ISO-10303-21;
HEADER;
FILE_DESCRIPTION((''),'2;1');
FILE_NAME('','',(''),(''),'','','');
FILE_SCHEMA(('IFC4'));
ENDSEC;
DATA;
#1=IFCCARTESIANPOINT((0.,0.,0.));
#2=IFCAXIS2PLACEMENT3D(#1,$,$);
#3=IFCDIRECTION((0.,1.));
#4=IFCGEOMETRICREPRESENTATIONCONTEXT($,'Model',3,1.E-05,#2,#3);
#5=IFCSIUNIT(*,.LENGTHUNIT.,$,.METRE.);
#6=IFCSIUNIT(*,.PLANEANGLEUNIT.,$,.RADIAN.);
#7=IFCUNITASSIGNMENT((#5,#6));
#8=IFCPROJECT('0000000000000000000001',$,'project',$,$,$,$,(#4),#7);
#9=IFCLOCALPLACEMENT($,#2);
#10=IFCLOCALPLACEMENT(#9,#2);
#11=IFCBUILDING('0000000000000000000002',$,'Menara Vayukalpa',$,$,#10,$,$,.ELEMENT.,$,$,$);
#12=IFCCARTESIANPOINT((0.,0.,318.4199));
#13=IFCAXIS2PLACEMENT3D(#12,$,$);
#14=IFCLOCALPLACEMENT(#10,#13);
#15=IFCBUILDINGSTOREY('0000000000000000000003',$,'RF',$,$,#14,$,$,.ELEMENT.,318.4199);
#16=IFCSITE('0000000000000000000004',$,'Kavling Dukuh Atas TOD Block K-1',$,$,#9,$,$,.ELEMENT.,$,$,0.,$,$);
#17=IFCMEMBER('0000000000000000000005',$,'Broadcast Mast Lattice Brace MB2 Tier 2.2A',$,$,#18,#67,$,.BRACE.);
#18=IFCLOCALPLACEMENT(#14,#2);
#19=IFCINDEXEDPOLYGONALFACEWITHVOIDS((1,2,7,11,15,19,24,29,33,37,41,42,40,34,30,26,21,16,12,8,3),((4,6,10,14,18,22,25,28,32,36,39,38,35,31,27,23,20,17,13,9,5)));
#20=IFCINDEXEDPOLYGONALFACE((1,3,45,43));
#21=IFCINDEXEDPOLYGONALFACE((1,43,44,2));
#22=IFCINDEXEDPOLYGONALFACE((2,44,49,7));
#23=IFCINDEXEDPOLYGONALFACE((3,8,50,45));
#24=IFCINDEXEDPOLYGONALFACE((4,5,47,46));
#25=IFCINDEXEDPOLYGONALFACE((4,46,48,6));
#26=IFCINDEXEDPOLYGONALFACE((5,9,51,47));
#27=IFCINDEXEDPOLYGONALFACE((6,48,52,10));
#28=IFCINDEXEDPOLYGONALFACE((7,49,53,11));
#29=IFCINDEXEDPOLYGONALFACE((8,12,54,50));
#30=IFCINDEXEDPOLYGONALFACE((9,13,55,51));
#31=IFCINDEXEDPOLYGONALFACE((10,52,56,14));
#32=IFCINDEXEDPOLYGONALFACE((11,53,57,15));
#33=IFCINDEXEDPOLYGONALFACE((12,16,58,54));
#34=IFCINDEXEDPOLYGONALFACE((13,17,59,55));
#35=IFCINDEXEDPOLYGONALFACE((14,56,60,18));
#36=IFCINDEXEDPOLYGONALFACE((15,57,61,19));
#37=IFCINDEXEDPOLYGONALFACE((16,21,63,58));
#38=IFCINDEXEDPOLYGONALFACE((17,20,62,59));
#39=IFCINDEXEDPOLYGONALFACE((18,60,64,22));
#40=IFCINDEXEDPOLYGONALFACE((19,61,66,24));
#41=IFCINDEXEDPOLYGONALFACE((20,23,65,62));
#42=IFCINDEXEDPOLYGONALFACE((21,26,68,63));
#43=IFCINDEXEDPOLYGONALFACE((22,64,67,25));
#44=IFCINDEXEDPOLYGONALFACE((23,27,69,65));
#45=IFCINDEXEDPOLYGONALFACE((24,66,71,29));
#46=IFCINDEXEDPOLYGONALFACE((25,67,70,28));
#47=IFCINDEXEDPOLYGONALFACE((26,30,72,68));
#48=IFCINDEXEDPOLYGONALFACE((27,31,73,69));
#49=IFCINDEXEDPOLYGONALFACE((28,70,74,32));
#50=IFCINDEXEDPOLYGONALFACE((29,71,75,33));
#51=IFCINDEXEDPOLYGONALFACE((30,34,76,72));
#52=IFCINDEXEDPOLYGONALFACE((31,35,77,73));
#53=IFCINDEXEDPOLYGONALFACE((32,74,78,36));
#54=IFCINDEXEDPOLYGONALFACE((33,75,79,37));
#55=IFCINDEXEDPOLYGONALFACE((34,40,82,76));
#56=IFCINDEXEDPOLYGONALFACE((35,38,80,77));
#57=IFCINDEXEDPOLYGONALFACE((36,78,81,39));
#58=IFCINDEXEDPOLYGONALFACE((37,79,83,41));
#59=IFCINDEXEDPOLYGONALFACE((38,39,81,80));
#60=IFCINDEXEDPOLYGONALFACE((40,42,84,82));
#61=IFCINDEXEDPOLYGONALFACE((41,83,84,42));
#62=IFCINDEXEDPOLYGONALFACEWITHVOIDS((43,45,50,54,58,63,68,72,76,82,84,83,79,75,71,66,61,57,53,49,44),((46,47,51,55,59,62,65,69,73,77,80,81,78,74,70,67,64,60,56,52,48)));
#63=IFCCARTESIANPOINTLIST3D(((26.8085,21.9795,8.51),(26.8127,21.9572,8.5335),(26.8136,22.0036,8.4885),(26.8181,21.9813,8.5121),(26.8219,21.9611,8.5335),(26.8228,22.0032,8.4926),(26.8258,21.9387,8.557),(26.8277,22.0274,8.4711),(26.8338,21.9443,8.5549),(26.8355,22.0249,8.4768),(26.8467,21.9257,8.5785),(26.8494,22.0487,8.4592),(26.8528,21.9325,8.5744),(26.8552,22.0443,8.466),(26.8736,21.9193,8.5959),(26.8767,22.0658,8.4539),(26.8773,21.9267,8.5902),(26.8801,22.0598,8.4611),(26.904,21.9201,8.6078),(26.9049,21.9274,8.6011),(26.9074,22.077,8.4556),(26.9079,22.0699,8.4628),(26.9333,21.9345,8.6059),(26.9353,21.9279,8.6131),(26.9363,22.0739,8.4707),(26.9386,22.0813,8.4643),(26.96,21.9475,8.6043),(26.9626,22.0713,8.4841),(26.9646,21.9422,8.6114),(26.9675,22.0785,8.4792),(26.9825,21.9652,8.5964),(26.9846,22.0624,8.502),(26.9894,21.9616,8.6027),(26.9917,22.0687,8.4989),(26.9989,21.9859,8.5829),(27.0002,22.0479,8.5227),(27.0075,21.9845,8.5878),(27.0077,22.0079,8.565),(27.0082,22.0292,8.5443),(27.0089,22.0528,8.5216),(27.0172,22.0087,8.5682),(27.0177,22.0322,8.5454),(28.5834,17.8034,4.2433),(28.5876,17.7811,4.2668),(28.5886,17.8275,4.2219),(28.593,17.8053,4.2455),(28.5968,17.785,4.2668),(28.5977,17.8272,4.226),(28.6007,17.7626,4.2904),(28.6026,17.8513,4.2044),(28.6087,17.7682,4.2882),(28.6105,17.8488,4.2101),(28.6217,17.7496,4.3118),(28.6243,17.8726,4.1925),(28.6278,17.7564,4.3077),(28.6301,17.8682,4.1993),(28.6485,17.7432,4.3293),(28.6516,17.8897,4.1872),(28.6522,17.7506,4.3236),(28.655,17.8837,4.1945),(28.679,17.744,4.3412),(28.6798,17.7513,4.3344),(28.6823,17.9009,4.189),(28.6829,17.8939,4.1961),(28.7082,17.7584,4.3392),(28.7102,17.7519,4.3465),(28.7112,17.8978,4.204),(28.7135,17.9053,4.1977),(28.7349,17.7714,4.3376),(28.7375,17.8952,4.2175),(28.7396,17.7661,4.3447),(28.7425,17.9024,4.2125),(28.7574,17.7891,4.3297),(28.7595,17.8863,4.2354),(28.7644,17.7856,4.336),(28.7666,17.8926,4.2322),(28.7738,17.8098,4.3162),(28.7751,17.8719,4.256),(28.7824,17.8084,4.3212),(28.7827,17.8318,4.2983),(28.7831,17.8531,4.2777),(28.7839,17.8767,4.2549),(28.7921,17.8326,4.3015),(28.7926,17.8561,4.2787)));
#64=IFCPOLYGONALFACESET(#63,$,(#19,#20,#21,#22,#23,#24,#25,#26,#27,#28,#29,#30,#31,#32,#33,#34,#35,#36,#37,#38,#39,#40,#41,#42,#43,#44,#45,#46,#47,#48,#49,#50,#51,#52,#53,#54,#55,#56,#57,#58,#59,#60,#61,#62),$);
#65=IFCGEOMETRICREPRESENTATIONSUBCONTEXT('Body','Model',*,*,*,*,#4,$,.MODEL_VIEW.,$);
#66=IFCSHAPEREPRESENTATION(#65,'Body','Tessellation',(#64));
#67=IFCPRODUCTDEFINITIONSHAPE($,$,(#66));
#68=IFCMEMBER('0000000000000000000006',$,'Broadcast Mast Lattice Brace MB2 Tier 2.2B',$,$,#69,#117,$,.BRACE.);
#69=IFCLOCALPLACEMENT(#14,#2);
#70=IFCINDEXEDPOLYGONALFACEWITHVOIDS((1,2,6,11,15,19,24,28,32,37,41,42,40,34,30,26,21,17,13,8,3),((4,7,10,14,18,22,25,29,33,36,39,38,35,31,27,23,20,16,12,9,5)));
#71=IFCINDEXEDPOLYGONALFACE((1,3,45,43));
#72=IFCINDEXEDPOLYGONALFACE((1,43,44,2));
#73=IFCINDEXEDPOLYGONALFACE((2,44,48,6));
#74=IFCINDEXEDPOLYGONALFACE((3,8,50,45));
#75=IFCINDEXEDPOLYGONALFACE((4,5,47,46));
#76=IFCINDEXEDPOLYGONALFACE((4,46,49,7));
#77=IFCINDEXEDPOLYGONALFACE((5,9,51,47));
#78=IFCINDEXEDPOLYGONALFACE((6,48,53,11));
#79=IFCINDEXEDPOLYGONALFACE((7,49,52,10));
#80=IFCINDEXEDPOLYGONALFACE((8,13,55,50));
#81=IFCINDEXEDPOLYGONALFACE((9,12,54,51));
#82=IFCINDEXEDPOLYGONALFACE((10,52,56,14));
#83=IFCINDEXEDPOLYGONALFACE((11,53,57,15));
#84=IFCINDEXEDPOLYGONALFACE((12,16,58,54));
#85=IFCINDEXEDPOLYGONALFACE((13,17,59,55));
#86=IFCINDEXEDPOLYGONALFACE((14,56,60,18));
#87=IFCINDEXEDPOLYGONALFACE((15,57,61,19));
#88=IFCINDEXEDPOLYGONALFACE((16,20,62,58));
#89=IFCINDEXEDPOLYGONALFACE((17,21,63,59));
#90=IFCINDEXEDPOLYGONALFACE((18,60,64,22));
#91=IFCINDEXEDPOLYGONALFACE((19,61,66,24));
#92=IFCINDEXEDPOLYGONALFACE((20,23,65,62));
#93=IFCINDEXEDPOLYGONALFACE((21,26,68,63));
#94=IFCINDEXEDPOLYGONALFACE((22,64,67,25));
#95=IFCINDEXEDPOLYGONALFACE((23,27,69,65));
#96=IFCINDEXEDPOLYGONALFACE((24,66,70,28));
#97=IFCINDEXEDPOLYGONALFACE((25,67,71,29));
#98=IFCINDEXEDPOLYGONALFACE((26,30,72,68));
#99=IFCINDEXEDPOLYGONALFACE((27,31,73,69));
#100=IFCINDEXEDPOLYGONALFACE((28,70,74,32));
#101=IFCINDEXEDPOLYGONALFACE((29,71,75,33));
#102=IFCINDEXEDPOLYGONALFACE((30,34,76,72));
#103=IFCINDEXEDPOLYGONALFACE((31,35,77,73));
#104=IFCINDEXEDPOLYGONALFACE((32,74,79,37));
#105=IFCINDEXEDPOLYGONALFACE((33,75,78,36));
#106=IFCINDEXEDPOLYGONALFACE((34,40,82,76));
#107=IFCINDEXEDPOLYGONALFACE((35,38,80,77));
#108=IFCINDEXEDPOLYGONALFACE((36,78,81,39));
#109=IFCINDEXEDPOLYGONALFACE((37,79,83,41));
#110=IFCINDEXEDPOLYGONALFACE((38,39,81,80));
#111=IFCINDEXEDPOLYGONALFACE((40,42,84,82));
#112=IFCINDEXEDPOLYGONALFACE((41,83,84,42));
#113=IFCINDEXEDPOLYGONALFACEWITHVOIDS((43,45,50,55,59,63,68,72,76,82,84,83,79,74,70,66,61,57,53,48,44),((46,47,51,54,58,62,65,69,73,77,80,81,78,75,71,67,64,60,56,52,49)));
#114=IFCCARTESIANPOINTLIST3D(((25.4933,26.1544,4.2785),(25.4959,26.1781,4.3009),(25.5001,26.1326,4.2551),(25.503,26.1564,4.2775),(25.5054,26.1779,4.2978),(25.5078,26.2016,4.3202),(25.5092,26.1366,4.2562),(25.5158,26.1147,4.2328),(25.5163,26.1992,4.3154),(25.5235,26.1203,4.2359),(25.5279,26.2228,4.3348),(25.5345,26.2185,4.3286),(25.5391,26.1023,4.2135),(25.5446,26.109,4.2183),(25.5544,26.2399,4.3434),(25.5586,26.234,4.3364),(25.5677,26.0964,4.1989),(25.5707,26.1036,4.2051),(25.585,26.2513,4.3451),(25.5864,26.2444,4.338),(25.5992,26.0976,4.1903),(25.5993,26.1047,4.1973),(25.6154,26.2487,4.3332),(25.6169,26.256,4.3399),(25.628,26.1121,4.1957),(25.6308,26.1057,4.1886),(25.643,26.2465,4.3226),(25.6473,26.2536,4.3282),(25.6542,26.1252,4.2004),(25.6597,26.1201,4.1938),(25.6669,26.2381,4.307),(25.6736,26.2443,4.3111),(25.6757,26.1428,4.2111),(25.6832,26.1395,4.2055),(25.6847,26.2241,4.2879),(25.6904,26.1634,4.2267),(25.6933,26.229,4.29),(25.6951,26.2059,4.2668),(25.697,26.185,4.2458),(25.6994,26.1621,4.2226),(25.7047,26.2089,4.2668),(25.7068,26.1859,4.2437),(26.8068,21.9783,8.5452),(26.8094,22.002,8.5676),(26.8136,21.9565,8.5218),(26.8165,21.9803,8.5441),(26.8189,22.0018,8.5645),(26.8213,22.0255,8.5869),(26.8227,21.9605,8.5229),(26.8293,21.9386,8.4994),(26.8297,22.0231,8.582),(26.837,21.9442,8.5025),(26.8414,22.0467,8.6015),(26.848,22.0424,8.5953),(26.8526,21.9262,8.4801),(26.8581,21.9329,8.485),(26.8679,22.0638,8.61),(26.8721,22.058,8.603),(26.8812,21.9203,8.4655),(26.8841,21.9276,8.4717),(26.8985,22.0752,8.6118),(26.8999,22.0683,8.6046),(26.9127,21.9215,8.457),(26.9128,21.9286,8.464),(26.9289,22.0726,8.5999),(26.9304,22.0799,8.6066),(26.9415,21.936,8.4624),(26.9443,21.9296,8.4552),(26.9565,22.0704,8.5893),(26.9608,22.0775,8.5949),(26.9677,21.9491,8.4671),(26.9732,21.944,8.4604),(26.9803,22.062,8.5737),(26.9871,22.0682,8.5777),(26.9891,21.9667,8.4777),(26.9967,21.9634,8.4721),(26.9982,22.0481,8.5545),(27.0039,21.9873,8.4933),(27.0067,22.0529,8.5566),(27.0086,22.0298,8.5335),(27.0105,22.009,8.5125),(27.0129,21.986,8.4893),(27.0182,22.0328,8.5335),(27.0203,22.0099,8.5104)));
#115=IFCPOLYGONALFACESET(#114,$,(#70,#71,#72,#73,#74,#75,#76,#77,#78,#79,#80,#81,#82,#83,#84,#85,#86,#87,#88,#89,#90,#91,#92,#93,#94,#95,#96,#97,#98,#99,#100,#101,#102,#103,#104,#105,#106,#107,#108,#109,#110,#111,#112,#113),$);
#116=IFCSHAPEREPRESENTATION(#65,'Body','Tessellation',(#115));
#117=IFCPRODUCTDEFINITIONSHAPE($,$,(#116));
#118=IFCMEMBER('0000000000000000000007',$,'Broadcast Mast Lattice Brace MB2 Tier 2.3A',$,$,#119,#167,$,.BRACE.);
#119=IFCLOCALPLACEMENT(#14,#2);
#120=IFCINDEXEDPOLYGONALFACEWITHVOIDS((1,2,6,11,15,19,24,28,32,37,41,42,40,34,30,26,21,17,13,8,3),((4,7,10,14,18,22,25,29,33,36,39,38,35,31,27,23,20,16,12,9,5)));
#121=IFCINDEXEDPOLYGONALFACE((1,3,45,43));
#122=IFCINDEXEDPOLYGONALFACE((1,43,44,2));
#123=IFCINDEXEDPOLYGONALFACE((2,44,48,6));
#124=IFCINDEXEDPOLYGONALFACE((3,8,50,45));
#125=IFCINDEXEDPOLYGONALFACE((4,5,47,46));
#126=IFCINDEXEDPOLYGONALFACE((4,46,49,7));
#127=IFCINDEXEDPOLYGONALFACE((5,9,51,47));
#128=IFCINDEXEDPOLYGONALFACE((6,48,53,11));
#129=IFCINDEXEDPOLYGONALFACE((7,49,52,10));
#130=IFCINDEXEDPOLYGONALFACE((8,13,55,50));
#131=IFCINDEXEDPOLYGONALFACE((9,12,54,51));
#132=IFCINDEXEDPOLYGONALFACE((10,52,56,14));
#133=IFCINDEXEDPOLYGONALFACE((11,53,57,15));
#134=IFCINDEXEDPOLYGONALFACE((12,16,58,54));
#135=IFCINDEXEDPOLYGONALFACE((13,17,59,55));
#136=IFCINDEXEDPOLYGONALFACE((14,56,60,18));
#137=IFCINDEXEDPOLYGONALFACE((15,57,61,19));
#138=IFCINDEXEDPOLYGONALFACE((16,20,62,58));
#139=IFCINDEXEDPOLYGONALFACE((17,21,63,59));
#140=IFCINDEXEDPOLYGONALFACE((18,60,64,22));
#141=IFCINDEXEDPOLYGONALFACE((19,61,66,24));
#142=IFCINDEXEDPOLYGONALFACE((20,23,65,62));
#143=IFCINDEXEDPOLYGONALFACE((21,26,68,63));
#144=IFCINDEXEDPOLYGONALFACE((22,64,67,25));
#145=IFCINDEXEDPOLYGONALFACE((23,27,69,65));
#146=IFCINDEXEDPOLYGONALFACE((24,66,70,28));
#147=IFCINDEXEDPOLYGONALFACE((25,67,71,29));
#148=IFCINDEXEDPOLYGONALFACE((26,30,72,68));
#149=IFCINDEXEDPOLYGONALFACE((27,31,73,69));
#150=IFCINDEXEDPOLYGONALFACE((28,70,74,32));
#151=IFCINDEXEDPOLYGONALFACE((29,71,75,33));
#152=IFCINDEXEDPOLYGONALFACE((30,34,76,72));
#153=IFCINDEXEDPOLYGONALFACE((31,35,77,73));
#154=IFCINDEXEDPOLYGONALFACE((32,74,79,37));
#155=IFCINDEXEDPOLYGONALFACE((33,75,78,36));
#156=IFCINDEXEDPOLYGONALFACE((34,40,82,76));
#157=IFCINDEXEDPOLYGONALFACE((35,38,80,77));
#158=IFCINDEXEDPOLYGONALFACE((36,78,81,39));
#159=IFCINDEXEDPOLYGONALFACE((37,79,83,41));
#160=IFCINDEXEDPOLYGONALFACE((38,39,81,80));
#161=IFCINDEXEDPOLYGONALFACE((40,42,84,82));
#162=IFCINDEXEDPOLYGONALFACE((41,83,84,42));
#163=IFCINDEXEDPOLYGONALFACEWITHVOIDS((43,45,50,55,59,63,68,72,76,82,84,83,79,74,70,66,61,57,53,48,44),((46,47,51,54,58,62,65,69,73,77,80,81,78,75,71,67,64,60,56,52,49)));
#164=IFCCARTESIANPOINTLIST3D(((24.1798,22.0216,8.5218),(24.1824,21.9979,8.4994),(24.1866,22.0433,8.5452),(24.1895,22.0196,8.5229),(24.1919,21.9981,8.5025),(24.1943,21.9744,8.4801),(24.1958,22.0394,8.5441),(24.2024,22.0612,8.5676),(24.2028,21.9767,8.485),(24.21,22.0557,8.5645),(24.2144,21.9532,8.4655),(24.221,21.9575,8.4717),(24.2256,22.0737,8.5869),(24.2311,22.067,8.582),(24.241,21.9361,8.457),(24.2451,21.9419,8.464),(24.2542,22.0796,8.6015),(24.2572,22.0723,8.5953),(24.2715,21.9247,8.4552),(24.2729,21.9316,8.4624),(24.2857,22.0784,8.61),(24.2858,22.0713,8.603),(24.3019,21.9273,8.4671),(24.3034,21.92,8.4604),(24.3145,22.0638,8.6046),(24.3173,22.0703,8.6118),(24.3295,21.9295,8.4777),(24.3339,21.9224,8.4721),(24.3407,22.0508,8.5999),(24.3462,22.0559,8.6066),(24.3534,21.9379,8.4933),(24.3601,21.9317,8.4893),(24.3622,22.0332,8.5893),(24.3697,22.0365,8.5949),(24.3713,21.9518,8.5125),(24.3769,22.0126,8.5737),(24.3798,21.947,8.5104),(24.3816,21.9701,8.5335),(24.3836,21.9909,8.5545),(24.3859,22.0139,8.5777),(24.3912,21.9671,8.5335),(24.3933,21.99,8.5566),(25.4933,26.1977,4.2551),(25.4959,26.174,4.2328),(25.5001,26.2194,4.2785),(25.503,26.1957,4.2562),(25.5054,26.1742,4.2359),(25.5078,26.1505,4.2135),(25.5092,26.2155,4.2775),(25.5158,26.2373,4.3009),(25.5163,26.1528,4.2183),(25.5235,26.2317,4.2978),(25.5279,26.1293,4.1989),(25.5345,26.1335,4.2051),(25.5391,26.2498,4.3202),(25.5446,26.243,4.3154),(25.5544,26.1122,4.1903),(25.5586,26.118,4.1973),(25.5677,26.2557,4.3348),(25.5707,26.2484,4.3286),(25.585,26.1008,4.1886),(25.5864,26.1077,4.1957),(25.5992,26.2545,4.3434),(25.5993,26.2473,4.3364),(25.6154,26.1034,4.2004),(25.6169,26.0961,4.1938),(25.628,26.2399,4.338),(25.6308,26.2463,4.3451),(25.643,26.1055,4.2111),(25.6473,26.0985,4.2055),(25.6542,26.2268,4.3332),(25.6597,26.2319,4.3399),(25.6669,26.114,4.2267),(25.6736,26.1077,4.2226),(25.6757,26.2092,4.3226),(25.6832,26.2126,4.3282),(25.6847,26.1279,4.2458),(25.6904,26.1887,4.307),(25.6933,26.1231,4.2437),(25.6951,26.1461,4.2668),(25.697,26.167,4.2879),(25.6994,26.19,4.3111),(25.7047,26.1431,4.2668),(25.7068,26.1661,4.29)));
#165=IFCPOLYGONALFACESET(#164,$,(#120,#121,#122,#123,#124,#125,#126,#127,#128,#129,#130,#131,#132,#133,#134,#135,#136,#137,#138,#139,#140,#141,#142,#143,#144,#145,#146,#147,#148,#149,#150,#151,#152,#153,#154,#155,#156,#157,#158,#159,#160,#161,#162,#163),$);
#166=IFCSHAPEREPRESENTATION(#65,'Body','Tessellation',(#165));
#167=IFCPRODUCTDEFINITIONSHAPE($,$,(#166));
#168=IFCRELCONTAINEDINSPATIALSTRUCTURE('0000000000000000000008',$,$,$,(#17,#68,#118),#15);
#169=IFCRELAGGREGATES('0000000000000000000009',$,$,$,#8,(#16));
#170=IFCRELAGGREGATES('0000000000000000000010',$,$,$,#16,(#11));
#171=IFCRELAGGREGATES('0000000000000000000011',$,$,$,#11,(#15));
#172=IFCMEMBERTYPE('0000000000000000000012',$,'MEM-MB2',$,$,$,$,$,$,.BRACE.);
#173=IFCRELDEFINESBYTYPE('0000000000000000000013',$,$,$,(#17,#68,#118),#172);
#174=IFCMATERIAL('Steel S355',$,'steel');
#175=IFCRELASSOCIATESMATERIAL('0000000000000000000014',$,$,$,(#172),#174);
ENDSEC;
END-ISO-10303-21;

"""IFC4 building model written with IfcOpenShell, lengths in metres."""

from ifc_helpers import new_model, si_unit, direction, frame, origin, origin_2d, place, context, subcontext, project, spatial, hollow_circle, extrude, material, material_profile, profile_set, type_object, element, save


model = new_model("IFC4")

# Units and contexts
model_context = context("Model", 3, precision=1e-05, world=origin(), true_north=direction((0.0, 1.0)))
body_context = subcontext(model_context, "Body", "Model", "MODEL_VIEW")
ifc_project = project(units=[si_unit("LENGTHUNIT", "METRE"), si_unit("PLANEANGLEUNIT", "RADIAN")], contexts=[model_context])

# Site, building, storey
site_placement = place(None, origin())
site = spatial("IfcSite", under=ifc_project, at=site_placement, Name="Kavling Dukuh Atas TOD Block K-1", CompositionType="ELEMENT", RefElevation=0.0)
building_placement = place(site_placement, origin())
building = spatial("IfcBuilding", under=site, at=building_placement, Name="Menara Vayukalpa", CompositionType="ELEMENT")
storey_placement = place(building_placement, frame((0.0, 0.0, 318.4199)))
storey = spatial("IfcBuildingStorey", under=building, at=storey_placement, Name="RF", CompositionType="ELEMENT", Elevation=318.4199)

# Members
ifc_material_1 = material(Name="Steel S355", Category="steel")
ifc_material_profile_1 = material_profile(ifc_material_1, hollow_circle(Radius=0.1096, WallThickness=0.01, at=origin_2d()), Name="CHS 219.1x10")
ifc_profile_set_1 = profile_set([ifc_material_profile_1], Name="Steel S355")
member_type_1 = type_object("IfcMemberType", Name="MEM-MB2", PredefinedType="BRACE", material=ifc_profile_set_1)
member_1_placement = place(storey_placement, frame((28.6885, 17.824, 4.2668), z_axis=(-0.284968, 0.670478, 0.68502), x_axis=(-0.920324, -0.391158, 0.0)))
element("IfcMember", 1, at=member_1_placement, inside=storey, type_object=member_type_1, Name="Broadcast Mast Lattice Brace MB2 Tier 2.2A", PredefinedType="BRACE", context=body_context, shape_type="SweptSolid", body=[
    extrude(hollow_circle(Radius=0.1096, WallThickness=0.01, at=origin_2d()), origin(), (0.0, 0.0, 1.0), 6.2285),
])
for number, where, z_axis, x_axis, name in (
    (2, (25.6001, 26.176, 4.2668), (0.214867, -0.683143, 0.69796), (0.953928, 0.300037, 0.0), "Broadcast Mast Lattice Brace MB2 Tier 2.2B"),
    (3, (25.6001, 26.176, 4.2668), (-0.214867, -0.683143, 0.69796), (0.953928, -0.300037, 0.0), "Broadcast Mast Lattice Brace MB2 Tier 2.3A"),
):
    element("IfcMember", number, at=place(storey_placement, frame(where, z_axis=z_axis, x_axis=x_axis)), inside=storey, type_object=member_type_1, Name=name, PredefinedType="BRACE", context=body_context, shape_type="SweptSolid", body=[
        extrude(hollow_circle(Radius=0.1096, WallThickness=0.01, at=origin_2d()), origin(), (0.0, 0.0, 1.0), 6.113),
    ])

save(model, "model.ifc")
